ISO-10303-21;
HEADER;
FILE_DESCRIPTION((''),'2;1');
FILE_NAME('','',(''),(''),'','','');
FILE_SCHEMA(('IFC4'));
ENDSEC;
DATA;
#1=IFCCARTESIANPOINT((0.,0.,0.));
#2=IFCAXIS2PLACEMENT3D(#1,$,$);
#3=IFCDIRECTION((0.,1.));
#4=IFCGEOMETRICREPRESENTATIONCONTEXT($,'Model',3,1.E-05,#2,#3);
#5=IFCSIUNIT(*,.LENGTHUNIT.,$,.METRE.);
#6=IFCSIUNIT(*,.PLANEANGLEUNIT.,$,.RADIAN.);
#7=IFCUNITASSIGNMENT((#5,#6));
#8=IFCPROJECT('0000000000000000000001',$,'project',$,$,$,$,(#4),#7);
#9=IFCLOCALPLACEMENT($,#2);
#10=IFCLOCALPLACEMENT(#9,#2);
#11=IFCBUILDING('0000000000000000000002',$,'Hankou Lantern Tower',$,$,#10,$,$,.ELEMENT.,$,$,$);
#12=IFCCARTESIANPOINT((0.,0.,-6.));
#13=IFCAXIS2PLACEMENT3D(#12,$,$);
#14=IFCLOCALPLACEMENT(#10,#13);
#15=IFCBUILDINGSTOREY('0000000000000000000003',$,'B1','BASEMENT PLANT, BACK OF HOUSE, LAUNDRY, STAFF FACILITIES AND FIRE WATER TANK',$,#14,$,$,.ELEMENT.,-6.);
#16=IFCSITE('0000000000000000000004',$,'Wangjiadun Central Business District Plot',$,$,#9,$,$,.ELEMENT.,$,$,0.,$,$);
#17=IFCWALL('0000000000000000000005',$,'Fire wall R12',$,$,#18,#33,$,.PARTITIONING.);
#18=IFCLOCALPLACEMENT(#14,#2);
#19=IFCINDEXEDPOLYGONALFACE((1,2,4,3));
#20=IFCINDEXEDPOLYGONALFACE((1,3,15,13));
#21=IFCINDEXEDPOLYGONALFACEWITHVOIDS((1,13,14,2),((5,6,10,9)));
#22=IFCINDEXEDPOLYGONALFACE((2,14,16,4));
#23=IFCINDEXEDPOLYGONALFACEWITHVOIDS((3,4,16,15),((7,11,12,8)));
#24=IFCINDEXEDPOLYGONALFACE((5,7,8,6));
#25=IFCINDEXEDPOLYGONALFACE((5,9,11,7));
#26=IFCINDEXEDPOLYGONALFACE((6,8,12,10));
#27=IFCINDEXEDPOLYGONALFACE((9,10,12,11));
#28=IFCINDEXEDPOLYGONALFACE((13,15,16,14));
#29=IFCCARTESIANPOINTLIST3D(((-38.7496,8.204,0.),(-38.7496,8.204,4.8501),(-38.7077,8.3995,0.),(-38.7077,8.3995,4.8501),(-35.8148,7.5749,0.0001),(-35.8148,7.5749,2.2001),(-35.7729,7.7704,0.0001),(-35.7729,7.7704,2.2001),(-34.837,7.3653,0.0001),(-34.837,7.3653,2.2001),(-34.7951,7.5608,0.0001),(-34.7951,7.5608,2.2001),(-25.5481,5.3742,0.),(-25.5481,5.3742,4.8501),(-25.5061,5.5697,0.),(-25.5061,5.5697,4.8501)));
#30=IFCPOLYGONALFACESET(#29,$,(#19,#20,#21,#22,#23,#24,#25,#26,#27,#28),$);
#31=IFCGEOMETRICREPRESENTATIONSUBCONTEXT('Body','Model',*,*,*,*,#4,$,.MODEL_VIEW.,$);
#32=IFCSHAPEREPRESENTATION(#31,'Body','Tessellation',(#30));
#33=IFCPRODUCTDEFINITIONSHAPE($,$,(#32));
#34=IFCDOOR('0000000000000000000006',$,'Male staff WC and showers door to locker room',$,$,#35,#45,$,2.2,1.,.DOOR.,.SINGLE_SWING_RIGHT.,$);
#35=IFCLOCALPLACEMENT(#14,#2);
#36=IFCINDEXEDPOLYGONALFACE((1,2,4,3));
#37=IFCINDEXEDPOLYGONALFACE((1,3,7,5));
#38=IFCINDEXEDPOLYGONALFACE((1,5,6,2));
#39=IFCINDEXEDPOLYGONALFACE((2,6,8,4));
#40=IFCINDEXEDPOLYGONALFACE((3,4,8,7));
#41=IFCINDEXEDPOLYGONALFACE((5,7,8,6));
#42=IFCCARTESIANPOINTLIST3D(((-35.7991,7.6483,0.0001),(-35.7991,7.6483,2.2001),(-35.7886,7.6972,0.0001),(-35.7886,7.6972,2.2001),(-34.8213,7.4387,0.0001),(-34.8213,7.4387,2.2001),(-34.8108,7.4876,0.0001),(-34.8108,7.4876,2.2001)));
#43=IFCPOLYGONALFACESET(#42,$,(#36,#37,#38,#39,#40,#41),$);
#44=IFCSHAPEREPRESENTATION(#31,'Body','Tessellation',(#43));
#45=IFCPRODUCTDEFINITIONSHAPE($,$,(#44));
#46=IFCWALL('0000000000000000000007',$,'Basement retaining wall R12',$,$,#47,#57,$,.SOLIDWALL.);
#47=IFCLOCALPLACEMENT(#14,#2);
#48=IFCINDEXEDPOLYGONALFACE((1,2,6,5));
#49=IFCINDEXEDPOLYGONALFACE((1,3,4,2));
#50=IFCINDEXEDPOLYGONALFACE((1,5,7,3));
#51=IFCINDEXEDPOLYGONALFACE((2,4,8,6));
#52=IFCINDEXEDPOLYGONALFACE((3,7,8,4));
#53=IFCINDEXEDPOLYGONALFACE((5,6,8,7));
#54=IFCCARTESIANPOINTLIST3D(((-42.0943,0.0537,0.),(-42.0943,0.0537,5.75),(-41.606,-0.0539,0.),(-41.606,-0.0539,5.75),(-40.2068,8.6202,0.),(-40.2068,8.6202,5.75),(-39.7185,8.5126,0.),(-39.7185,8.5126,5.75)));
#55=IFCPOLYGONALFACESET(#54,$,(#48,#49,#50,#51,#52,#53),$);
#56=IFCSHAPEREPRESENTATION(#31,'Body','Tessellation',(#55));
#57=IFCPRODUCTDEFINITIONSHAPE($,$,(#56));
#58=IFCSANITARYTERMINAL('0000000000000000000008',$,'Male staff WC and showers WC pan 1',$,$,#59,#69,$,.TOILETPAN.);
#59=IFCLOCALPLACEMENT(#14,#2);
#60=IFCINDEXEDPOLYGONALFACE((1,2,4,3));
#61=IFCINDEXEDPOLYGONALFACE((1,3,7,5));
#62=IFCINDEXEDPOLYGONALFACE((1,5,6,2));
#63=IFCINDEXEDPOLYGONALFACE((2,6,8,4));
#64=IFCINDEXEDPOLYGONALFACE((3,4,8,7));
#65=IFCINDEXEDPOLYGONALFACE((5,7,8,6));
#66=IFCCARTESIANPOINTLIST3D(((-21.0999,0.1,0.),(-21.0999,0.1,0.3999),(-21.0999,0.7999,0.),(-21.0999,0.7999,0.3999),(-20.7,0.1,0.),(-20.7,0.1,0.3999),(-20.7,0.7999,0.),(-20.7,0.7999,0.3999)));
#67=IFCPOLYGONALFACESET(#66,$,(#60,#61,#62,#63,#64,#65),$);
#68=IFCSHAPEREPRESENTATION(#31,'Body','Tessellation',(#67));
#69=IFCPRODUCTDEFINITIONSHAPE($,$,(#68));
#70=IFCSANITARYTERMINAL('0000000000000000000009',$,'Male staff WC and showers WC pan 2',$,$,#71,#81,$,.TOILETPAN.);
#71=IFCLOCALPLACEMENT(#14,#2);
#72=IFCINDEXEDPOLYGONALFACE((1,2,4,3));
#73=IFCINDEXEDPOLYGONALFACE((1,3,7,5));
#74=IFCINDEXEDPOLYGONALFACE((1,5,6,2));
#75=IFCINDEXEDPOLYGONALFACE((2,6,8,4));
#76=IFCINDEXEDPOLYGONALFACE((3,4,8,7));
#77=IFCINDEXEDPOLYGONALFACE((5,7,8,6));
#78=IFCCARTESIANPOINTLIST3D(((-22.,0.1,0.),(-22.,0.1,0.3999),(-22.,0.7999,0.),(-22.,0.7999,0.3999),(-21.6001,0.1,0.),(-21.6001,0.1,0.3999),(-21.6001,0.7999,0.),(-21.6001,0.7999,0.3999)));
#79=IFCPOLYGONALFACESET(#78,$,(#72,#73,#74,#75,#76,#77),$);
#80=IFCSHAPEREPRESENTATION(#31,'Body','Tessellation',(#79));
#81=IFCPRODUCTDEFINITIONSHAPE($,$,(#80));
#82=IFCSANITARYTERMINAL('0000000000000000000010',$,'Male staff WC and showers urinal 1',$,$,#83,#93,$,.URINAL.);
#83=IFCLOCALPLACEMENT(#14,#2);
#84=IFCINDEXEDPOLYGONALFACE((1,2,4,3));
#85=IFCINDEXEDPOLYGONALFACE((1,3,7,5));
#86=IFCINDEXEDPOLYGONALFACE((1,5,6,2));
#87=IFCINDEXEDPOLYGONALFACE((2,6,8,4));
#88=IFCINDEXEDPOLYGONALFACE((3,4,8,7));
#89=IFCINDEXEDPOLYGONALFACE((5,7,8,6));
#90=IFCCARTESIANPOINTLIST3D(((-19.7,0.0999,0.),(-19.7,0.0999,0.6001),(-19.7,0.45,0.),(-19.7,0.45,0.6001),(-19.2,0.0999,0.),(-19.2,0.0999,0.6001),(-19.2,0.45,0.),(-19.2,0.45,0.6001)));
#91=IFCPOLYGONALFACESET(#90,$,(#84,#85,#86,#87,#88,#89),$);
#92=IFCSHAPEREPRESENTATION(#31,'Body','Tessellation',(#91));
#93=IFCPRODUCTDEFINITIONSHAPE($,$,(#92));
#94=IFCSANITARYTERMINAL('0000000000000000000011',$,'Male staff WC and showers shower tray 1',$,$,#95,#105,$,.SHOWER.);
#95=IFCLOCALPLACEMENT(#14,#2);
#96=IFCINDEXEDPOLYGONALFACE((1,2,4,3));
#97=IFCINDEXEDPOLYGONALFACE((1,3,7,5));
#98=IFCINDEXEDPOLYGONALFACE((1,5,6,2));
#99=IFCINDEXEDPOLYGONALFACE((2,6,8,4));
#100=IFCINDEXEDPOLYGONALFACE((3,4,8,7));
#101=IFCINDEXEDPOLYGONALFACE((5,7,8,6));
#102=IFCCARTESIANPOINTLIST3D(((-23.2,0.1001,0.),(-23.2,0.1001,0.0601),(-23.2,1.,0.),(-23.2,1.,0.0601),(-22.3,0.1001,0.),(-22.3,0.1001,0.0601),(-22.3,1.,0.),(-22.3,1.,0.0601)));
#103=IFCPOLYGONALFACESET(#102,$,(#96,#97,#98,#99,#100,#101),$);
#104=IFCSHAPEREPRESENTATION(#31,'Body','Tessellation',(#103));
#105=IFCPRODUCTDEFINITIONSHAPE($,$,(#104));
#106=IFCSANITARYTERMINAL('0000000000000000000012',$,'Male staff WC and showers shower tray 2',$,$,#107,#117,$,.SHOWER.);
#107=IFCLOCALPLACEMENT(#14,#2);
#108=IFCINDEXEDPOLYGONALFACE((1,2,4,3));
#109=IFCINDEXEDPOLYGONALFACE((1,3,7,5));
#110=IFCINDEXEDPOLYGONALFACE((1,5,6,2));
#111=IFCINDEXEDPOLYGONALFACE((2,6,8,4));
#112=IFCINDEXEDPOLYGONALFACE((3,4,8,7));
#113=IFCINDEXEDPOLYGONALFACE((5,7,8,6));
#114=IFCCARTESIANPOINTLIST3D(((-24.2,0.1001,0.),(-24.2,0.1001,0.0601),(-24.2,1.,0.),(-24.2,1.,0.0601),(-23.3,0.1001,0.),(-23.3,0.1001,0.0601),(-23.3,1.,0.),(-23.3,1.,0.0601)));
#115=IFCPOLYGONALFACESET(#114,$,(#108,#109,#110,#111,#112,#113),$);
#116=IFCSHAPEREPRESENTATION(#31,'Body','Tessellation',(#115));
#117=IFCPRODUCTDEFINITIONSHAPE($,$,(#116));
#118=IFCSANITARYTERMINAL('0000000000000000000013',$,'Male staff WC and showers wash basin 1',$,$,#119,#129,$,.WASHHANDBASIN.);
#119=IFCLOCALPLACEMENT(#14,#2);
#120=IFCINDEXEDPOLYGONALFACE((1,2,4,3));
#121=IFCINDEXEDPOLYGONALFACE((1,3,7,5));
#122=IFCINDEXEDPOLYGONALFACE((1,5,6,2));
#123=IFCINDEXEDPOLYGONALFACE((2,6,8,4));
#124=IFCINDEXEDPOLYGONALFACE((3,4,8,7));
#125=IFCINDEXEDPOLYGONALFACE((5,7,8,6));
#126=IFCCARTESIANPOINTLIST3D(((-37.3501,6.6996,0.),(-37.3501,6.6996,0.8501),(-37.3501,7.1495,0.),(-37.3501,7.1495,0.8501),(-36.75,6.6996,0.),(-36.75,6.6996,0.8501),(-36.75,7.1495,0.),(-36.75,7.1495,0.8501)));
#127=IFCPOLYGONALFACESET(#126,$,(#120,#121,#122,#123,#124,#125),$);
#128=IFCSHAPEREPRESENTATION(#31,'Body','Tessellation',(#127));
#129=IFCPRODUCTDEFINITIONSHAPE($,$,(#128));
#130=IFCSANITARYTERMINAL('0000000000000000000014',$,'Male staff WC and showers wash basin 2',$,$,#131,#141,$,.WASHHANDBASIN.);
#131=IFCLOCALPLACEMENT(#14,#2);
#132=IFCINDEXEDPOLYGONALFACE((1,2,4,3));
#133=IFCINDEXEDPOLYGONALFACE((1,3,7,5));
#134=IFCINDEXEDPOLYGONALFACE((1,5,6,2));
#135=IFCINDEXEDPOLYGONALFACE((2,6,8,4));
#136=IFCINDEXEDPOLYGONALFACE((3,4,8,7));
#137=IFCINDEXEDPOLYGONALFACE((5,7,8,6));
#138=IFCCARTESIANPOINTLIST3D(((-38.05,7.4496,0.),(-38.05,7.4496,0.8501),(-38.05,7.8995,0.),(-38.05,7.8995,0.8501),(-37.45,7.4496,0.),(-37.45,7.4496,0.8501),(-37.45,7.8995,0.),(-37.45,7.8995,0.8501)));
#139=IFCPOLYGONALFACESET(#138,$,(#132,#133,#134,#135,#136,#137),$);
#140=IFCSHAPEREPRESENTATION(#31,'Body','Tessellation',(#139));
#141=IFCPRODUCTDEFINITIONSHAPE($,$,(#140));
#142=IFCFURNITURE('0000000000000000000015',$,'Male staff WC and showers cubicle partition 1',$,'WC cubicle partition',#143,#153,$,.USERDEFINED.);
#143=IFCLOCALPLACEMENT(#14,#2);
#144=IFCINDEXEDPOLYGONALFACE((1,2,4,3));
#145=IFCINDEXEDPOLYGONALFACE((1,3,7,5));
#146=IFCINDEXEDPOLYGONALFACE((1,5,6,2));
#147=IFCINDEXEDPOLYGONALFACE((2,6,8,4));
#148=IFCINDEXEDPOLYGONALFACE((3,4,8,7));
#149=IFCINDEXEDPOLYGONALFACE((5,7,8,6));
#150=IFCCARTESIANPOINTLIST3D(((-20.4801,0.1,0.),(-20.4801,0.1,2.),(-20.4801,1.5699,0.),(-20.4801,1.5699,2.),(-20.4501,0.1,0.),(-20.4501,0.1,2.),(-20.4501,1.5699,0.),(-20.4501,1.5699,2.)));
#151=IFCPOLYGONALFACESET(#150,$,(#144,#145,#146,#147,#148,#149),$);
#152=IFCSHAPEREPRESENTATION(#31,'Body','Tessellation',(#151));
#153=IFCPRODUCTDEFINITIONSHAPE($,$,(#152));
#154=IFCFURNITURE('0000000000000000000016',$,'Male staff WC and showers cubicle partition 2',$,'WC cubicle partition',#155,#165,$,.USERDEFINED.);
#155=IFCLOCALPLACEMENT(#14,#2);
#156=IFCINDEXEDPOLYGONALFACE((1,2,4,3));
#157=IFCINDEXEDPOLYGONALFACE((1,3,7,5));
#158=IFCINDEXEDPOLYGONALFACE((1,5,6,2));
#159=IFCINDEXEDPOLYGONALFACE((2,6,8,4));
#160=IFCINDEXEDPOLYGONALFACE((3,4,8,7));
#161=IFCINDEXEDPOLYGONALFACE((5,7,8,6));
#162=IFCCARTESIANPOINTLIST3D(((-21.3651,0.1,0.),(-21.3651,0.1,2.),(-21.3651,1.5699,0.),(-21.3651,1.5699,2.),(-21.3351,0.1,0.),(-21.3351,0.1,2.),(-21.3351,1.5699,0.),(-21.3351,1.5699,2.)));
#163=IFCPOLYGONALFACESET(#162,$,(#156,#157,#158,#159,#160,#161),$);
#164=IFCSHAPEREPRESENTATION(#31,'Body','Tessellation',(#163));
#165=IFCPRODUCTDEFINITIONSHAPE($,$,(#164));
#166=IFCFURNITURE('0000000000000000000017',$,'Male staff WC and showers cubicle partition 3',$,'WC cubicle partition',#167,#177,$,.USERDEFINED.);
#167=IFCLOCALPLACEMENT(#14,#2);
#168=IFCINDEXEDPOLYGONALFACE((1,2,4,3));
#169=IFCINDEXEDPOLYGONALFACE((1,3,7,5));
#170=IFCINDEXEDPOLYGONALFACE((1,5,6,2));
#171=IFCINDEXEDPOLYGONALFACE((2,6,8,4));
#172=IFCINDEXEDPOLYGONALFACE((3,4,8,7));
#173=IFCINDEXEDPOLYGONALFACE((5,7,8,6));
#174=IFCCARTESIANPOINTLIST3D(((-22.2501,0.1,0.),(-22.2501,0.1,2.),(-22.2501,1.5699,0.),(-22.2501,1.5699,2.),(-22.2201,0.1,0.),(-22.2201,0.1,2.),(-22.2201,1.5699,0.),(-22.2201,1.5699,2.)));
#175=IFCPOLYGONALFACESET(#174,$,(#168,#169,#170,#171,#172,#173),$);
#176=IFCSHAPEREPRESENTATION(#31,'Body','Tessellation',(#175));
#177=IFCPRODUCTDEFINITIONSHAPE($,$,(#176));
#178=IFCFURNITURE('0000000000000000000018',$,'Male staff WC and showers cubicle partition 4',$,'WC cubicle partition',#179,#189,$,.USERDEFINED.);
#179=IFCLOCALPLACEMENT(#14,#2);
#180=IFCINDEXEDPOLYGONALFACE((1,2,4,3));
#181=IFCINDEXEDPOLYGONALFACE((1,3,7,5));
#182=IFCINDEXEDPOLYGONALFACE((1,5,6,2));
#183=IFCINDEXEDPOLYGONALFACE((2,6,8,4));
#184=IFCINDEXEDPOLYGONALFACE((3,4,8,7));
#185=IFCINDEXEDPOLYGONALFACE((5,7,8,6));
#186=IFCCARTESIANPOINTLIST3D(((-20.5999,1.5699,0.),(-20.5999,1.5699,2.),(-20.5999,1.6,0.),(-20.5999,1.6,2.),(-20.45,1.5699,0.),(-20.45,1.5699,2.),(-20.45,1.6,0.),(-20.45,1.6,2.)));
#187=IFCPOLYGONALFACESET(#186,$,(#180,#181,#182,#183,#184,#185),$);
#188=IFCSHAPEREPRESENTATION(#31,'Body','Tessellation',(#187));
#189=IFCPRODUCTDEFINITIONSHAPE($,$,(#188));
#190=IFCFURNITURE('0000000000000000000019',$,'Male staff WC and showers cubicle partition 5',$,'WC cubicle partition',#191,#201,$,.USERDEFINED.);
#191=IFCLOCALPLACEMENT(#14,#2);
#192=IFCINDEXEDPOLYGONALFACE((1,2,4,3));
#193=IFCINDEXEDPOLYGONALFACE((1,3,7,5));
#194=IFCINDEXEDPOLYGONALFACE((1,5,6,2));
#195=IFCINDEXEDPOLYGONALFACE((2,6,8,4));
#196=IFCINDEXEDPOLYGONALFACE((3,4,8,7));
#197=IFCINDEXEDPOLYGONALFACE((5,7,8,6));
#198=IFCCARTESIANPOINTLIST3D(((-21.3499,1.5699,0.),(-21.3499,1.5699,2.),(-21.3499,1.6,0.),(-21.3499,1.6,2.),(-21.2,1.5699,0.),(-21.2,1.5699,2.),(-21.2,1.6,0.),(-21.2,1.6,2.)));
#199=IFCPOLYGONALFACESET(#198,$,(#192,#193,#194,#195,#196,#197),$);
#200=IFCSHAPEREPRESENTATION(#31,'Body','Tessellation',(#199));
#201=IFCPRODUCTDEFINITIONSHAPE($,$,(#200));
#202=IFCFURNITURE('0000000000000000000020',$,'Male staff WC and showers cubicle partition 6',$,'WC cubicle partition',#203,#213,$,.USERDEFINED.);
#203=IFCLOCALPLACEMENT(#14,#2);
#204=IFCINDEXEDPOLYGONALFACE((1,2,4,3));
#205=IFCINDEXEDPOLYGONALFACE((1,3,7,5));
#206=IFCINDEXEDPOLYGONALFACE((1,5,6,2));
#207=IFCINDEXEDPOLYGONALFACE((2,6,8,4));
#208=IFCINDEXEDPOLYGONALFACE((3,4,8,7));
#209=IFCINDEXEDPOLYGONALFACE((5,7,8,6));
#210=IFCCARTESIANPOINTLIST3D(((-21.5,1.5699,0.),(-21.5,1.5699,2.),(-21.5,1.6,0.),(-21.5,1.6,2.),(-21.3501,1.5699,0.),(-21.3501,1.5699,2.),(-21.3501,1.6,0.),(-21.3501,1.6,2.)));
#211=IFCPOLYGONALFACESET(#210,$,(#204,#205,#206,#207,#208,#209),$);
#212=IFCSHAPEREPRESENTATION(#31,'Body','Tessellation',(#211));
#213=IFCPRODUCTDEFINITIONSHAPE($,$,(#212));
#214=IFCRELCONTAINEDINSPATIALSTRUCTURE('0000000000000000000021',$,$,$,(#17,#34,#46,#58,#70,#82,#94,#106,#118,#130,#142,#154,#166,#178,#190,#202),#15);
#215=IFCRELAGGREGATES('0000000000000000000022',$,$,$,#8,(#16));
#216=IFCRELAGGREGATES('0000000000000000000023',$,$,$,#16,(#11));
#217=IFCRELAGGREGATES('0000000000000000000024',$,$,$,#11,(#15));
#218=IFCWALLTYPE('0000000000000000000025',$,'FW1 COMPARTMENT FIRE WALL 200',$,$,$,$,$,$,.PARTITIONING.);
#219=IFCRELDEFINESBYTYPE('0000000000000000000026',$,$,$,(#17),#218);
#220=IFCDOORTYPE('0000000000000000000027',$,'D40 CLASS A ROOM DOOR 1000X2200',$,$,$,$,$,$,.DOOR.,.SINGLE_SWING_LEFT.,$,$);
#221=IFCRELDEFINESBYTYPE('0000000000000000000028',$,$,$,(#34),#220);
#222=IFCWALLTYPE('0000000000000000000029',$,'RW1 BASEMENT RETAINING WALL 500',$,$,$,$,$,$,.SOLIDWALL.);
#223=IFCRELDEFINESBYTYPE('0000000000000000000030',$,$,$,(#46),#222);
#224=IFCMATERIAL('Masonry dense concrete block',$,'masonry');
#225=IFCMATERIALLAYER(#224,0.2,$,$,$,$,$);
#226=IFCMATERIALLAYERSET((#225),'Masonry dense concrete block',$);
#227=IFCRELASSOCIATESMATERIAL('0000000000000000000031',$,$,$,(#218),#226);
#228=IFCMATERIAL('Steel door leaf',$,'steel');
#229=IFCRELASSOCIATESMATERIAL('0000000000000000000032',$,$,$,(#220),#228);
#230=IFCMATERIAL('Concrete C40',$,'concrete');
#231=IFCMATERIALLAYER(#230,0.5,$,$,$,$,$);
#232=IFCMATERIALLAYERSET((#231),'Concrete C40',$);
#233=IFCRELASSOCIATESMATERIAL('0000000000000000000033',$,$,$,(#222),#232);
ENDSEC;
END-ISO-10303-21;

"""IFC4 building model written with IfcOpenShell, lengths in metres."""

from ifc_helpers import new_model, si_unit, direction, frame, frame_2d, origin, origin_2d, place, context, subcontext, project, spatial, rectangle, extrude, material, layer, layer_set, type_object, element, fill, save


model = new_model("IFC4")

# Units and contexts
model_context = context("Model", 3, precision=1e-05, world=origin(), true_north=direction((0.0, 1.0)))
body_context = subcontext(model_context, "Body", "Model", "MODEL_VIEW")
ifc_project = project(units=[si_unit("LENGTHUNIT", "METRE"), si_unit("PLANEANGLEUNIT", "RADIAN")], contexts=[model_context])

# Site, building, storey
site_placement = place(None, origin())
site = spatial("IfcSite", under=ifc_project, at=site_placement, Name="Wangjiadun Central Business District Plot", CompositionType="ELEMENT", RefElevation=0.0)
building_placement = place(site_placement, origin())
building = spatial("IfcBuilding", under=site, at=building_placement, Name="Hankou Lantern Tower", CompositionType="ELEMENT")
storey_placement = place(building_placement, frame((0.0, 0.0, -6.0)))
storey = spatial("IfcBuildingStorey", under=building, at=storey_placement, Name="B1", Description="BASEMENT PLANT, BACK OF HOUSE, LAUNDRY, STAFF FACILITIES AND FIRE WATER TANK", CompositionType="ELEMENT", Elevation=-6.0)

# Shared definitions
ifc_material_1 = material(Name="Masonry dense concrete block", Category="masonry")
ifc_layer_1 = layer(ifc_material_1, 0.2)
ifc_layer_set_1 = layer_set([ifc_layer_1], Name="Masonry dense concrete block")
wall_type_1 = type_object("IfcWallType", Name="FW1 COMPARTMENT FIRE WALL 200", PredefinedType="PARTITIONING", material=ifc_layer_set_1)

# Wall, opening, door
wall_1_placement = place(storey_placement, frame((-25.5271, 5.4719, 0.0), z_axis=(0.0, 0.0, 1.0), x_axis=(-0.977789, 0.209593, 0.0)))
wall_1 = element("IfcWall", 1, at=wall_1_placement, inside=storey, type_object=wall_type_1, Name="Fire wall R12", PredefinedType="PARTITIONING", context=body_context, shape_type="SweptSolid", body=[
    extrude(rectangle(XDim=13.5015, YDim=0.2, at=frame_2d((6.7507, 0.0))), origin(), (0.0, 0.0, 1.0), 4.8501),
])
opening_placement = place(wall_1_placement, frame((9.5, 0.0, 0.0)))
opening = element("IfcOpeningElement", 2, at=opening_placement, cuts=wall_1, PredefinedType="OPENING", context=body_context, shape_type="SweptSolid", body=[
    extrude(rectangle(XDim=1.0, YDim=2.2, at=frame_2d((0.5, 1.1001))), frame((0.0, 0.1099, 0.0), z_axis=(0.0, -1.0, 0.0), x_axis=(1.0, 0.0, 0.0)), (0.0, 0.0, 1.0), 0.22),
])
ifc_material_2 = material(Name="Steel door leaf", Category="steel")
door_type = type_object("IfcDoorType", Name="D40 CLASS A ROOM DOOR 1000X2200", OperationType="SINGLE_SWING_LEFT", PredefinedType="DOOR", material=ifc_material_2)
door_placement = place(opening_placement, origin())
door = element("IfcDoor", 3, at=door_placement, inside=storey, type_object=door_type, Name="Male staff WC and showers door to locker room", OperationType="SINGLE_SWING_RIGHT", OverallHeight=2.2, OverallWidth=1.0, PredefinedType="DOOR", context=body_context, shape_type="SweptSolid", body=[
    extrude(rectangle(XDim=1.0, YDim=2.2, at=frame_2d((0.5, 1.1001))), frame((0.0, 0.0249, 0.0), z_axis=(0.0, -1.0, 0.0), x_axis=(1.0, 0.0, 0.0)), (0.0, 0.0, 1.0), 0.05),
])
fill(opening, door)

# Wall
ifc_material_3 = material(Name="Concrete C40", Category="concrete")
ifc_layer_2 = layer(ifc_material_3, 0.5)
ifc_layer_set_2 = layer_set([ifc_layer_2], Name="Concrete C40")
wall_type_2 = type_object("IfcWallType", Name="RW1 BASEMENT RETAINING WALL 500", PredefinedType="SOLIDWALL", material=ifc_layer_set_2)
wall_2_placement = place(storey_placement, frame((-39.9626, 8.5664, 0.0), z_axis=(0.0, 0.0, 1.0), x_axis=(-0.215171, -0.976576, 0.0)))
element("IfcWall", 4, at=wall_2_placement, inside=storey, type_object=wall_type_2, Name="Basement retaining wall R12", PredefinedType="SOLIDWALL", context=body_context, shape_type="SweptSolid", body=[
    extrude(rectangle(XDim=8.772, YDim=0.5, at=frame_2d((4.386, 0.0))), origin(), (0.0, 0.0, 1.0), 5.75),
])

# Sanitary terminals
for number, where, z_axis, x_axis, name in (
    (5, (-20.8999, 0.45, 0.0), (0.0, 0.0, 1.0), (-1.0, 0.0, 0.0), "Male staff WC and showers WC pan 1"),
    (6, (-21.8, 0.45, 0.0), (0.0, 0.0, 1.0), (-1.0, 0.0, 0.0), "Male staff WC and showers WC pan 2"),
):
    element("IfcSanitaryTerminal", number, at=place(storey_placement, frame(where, z_axis=z_axis, x_axis=x_axis)), inside=storey, Name=name, PredefinedType="TOILETPAN", context=body_context, shape_type="SweptSolid", body=[
        extrude(rectangle(XDim=0.3999, YDim=0.7, at=origin_2d()), origin(), (0.0, 0.0, 1.0), 0.3999),
    ])
sanitary_terminal_placement = place(storey_placement, frame((-19.45, 0.2749, 0.0), z_axis=(0.0, 0.0, 1.0), x_axis=(-1.0, 0.0, 0.0)))
element("IfcSanitaryTerminal", 7, at=sanitary_terminal_placement, inside=storey, Name="Male staff WC and showers urinal 1", PredefinedType="URINAL", context=body_context, shape_type="SweptSolid", body=[
    extrude(rectangle(XDim=0.5, YDim=0.3501, at=origin_2d()), origin(), (0.0, 0.0, 1.0), 0.6001),
])
for number, where, z_axis, x_axis, name in (
    (8, (-22.75, 0.55, 0.0), (0.0, 0.0, 1.0), (-1.0, 0.0, 0.0), "Male staff WC and showers shower tray 1"),
    (9, (-23.75, 0.55, 0.0), (0.0, 0.0, 1.0), (-1.0, 0.0, 0.0), "Male staff WC and showers shower tray 2"),
):
    element("IfcSanitaryTerminal", number, at=place(storey_placement, frame(where, z_axis=z_axis, x_axis=x_axis)), inside=storey, Name=name, PredefinedType="SHOWER", context=body_context, shape_type="SweptSolid", body=[
        extrude(rectangle(XDim=0.8999, YDim=0.8999, at=origin_2d()), origin(), (0.0, 0.0, 1.0), 0.0601),
    ])
for number, where, z_axis, x_axis, name in (
    (10, (-37.05, 6.9246, 0.0), (0.0, 0.0, 1.0), (-1.0, 0.0, 0.0), "Male staff WC and showers wash basin 1"),
    (11, (-37.75, 7.6746, 0.0), (0.0, 0.0, 1.0), (-1.0, 0.0, 0.0), "Male staff WC and showers wash basin 2"),
):
    element("IfcSanitaryTerminal", number, at=place(storey_placement, frame(where, z_axis=z_axis, x_axis=x_axis)), inside=storey, Name=name, PredefinedType="WASHHANDBASIN", context=body_context, shape_type="SweptSolid", body=[
        extrude(rectangle(XDim=0.6001, YDim=0.45, at=origin_2d()), origin(), (0.0, 0.0, 1.0), 0.8501),
    ])

# Furniture
for number, where, z_axis, x_axis, name in (
    (12, (-20.4651, 0.835, 0.0), (0.0, 0.0, 1.0), (-1.0, 0.0, 0.0), "Male staff WC and showers cubicle partition 1"),
    (13, (-21.3501, 0.835, 0.0), (0.0, 0.0, 1.0), (-1.0, 0.0, 0.0), "Male staff WC and showers cubicle partition 2"),
    (14, (-22.2351, 0.835, 0.0), (0.0, 0.0, 1.0), (-1.0, 0.0, 0.0), "Male staff WC and showers cubicle partition 3"),
):
    element("IfcFurniture", number, at=place(storey_placement, frame(where, z_axis=z_axis, x_axis=x_axis)), inside=storey, Name=name, ObjectType="WC cubicle partition", PredefinedType="USERDEFINED", context=body_context, shape_type="SweptSolid", body=[
        extrude(rectangle(XDim=0.03, YDim=1.47, at=origin_2d()), origin(), (0.0, 0.0, 1.0), 2.0),
    ])
for number, where, z_axis, x_axis, name in (
    (15, (-20.5249, 1.585, 0.0), (0.0, 0.0, 1.0), (-1.0, 0.0, 0.0), "Male staff WC and showers cubicle partition 4"),
    (16, (-21.2749, 1.585, 0.0), (0.0, 0.0, 1.0), (-1.0, 0.0, 0.0), "Male staff WC and showers cubicle partition 5"),
    (17, (-21.425, 1.585, 0.0), (0.0, 0.0, 1.0), (-1.0, 0.0, 0.0), "Male staff WC and showers cubicle partition 6"),
):
    element("IfcFurniture", number, at=place(storey_placement, frame(where, z_axis=z_axis, x_axis=x_axis)), inside=storey, Name=name, ObjectType="WC cubicle partition", PredefinedType="USERDEFINED", context=body_context, shape_type="SweptSolid", body=[
        extrude(rectangle(XDim=0.1499, YDim=0.03, at=origin_2d()), origin(), (0.0, 0.0, 1.0), 2.0),
    ])

save(model, "model.ifc")
